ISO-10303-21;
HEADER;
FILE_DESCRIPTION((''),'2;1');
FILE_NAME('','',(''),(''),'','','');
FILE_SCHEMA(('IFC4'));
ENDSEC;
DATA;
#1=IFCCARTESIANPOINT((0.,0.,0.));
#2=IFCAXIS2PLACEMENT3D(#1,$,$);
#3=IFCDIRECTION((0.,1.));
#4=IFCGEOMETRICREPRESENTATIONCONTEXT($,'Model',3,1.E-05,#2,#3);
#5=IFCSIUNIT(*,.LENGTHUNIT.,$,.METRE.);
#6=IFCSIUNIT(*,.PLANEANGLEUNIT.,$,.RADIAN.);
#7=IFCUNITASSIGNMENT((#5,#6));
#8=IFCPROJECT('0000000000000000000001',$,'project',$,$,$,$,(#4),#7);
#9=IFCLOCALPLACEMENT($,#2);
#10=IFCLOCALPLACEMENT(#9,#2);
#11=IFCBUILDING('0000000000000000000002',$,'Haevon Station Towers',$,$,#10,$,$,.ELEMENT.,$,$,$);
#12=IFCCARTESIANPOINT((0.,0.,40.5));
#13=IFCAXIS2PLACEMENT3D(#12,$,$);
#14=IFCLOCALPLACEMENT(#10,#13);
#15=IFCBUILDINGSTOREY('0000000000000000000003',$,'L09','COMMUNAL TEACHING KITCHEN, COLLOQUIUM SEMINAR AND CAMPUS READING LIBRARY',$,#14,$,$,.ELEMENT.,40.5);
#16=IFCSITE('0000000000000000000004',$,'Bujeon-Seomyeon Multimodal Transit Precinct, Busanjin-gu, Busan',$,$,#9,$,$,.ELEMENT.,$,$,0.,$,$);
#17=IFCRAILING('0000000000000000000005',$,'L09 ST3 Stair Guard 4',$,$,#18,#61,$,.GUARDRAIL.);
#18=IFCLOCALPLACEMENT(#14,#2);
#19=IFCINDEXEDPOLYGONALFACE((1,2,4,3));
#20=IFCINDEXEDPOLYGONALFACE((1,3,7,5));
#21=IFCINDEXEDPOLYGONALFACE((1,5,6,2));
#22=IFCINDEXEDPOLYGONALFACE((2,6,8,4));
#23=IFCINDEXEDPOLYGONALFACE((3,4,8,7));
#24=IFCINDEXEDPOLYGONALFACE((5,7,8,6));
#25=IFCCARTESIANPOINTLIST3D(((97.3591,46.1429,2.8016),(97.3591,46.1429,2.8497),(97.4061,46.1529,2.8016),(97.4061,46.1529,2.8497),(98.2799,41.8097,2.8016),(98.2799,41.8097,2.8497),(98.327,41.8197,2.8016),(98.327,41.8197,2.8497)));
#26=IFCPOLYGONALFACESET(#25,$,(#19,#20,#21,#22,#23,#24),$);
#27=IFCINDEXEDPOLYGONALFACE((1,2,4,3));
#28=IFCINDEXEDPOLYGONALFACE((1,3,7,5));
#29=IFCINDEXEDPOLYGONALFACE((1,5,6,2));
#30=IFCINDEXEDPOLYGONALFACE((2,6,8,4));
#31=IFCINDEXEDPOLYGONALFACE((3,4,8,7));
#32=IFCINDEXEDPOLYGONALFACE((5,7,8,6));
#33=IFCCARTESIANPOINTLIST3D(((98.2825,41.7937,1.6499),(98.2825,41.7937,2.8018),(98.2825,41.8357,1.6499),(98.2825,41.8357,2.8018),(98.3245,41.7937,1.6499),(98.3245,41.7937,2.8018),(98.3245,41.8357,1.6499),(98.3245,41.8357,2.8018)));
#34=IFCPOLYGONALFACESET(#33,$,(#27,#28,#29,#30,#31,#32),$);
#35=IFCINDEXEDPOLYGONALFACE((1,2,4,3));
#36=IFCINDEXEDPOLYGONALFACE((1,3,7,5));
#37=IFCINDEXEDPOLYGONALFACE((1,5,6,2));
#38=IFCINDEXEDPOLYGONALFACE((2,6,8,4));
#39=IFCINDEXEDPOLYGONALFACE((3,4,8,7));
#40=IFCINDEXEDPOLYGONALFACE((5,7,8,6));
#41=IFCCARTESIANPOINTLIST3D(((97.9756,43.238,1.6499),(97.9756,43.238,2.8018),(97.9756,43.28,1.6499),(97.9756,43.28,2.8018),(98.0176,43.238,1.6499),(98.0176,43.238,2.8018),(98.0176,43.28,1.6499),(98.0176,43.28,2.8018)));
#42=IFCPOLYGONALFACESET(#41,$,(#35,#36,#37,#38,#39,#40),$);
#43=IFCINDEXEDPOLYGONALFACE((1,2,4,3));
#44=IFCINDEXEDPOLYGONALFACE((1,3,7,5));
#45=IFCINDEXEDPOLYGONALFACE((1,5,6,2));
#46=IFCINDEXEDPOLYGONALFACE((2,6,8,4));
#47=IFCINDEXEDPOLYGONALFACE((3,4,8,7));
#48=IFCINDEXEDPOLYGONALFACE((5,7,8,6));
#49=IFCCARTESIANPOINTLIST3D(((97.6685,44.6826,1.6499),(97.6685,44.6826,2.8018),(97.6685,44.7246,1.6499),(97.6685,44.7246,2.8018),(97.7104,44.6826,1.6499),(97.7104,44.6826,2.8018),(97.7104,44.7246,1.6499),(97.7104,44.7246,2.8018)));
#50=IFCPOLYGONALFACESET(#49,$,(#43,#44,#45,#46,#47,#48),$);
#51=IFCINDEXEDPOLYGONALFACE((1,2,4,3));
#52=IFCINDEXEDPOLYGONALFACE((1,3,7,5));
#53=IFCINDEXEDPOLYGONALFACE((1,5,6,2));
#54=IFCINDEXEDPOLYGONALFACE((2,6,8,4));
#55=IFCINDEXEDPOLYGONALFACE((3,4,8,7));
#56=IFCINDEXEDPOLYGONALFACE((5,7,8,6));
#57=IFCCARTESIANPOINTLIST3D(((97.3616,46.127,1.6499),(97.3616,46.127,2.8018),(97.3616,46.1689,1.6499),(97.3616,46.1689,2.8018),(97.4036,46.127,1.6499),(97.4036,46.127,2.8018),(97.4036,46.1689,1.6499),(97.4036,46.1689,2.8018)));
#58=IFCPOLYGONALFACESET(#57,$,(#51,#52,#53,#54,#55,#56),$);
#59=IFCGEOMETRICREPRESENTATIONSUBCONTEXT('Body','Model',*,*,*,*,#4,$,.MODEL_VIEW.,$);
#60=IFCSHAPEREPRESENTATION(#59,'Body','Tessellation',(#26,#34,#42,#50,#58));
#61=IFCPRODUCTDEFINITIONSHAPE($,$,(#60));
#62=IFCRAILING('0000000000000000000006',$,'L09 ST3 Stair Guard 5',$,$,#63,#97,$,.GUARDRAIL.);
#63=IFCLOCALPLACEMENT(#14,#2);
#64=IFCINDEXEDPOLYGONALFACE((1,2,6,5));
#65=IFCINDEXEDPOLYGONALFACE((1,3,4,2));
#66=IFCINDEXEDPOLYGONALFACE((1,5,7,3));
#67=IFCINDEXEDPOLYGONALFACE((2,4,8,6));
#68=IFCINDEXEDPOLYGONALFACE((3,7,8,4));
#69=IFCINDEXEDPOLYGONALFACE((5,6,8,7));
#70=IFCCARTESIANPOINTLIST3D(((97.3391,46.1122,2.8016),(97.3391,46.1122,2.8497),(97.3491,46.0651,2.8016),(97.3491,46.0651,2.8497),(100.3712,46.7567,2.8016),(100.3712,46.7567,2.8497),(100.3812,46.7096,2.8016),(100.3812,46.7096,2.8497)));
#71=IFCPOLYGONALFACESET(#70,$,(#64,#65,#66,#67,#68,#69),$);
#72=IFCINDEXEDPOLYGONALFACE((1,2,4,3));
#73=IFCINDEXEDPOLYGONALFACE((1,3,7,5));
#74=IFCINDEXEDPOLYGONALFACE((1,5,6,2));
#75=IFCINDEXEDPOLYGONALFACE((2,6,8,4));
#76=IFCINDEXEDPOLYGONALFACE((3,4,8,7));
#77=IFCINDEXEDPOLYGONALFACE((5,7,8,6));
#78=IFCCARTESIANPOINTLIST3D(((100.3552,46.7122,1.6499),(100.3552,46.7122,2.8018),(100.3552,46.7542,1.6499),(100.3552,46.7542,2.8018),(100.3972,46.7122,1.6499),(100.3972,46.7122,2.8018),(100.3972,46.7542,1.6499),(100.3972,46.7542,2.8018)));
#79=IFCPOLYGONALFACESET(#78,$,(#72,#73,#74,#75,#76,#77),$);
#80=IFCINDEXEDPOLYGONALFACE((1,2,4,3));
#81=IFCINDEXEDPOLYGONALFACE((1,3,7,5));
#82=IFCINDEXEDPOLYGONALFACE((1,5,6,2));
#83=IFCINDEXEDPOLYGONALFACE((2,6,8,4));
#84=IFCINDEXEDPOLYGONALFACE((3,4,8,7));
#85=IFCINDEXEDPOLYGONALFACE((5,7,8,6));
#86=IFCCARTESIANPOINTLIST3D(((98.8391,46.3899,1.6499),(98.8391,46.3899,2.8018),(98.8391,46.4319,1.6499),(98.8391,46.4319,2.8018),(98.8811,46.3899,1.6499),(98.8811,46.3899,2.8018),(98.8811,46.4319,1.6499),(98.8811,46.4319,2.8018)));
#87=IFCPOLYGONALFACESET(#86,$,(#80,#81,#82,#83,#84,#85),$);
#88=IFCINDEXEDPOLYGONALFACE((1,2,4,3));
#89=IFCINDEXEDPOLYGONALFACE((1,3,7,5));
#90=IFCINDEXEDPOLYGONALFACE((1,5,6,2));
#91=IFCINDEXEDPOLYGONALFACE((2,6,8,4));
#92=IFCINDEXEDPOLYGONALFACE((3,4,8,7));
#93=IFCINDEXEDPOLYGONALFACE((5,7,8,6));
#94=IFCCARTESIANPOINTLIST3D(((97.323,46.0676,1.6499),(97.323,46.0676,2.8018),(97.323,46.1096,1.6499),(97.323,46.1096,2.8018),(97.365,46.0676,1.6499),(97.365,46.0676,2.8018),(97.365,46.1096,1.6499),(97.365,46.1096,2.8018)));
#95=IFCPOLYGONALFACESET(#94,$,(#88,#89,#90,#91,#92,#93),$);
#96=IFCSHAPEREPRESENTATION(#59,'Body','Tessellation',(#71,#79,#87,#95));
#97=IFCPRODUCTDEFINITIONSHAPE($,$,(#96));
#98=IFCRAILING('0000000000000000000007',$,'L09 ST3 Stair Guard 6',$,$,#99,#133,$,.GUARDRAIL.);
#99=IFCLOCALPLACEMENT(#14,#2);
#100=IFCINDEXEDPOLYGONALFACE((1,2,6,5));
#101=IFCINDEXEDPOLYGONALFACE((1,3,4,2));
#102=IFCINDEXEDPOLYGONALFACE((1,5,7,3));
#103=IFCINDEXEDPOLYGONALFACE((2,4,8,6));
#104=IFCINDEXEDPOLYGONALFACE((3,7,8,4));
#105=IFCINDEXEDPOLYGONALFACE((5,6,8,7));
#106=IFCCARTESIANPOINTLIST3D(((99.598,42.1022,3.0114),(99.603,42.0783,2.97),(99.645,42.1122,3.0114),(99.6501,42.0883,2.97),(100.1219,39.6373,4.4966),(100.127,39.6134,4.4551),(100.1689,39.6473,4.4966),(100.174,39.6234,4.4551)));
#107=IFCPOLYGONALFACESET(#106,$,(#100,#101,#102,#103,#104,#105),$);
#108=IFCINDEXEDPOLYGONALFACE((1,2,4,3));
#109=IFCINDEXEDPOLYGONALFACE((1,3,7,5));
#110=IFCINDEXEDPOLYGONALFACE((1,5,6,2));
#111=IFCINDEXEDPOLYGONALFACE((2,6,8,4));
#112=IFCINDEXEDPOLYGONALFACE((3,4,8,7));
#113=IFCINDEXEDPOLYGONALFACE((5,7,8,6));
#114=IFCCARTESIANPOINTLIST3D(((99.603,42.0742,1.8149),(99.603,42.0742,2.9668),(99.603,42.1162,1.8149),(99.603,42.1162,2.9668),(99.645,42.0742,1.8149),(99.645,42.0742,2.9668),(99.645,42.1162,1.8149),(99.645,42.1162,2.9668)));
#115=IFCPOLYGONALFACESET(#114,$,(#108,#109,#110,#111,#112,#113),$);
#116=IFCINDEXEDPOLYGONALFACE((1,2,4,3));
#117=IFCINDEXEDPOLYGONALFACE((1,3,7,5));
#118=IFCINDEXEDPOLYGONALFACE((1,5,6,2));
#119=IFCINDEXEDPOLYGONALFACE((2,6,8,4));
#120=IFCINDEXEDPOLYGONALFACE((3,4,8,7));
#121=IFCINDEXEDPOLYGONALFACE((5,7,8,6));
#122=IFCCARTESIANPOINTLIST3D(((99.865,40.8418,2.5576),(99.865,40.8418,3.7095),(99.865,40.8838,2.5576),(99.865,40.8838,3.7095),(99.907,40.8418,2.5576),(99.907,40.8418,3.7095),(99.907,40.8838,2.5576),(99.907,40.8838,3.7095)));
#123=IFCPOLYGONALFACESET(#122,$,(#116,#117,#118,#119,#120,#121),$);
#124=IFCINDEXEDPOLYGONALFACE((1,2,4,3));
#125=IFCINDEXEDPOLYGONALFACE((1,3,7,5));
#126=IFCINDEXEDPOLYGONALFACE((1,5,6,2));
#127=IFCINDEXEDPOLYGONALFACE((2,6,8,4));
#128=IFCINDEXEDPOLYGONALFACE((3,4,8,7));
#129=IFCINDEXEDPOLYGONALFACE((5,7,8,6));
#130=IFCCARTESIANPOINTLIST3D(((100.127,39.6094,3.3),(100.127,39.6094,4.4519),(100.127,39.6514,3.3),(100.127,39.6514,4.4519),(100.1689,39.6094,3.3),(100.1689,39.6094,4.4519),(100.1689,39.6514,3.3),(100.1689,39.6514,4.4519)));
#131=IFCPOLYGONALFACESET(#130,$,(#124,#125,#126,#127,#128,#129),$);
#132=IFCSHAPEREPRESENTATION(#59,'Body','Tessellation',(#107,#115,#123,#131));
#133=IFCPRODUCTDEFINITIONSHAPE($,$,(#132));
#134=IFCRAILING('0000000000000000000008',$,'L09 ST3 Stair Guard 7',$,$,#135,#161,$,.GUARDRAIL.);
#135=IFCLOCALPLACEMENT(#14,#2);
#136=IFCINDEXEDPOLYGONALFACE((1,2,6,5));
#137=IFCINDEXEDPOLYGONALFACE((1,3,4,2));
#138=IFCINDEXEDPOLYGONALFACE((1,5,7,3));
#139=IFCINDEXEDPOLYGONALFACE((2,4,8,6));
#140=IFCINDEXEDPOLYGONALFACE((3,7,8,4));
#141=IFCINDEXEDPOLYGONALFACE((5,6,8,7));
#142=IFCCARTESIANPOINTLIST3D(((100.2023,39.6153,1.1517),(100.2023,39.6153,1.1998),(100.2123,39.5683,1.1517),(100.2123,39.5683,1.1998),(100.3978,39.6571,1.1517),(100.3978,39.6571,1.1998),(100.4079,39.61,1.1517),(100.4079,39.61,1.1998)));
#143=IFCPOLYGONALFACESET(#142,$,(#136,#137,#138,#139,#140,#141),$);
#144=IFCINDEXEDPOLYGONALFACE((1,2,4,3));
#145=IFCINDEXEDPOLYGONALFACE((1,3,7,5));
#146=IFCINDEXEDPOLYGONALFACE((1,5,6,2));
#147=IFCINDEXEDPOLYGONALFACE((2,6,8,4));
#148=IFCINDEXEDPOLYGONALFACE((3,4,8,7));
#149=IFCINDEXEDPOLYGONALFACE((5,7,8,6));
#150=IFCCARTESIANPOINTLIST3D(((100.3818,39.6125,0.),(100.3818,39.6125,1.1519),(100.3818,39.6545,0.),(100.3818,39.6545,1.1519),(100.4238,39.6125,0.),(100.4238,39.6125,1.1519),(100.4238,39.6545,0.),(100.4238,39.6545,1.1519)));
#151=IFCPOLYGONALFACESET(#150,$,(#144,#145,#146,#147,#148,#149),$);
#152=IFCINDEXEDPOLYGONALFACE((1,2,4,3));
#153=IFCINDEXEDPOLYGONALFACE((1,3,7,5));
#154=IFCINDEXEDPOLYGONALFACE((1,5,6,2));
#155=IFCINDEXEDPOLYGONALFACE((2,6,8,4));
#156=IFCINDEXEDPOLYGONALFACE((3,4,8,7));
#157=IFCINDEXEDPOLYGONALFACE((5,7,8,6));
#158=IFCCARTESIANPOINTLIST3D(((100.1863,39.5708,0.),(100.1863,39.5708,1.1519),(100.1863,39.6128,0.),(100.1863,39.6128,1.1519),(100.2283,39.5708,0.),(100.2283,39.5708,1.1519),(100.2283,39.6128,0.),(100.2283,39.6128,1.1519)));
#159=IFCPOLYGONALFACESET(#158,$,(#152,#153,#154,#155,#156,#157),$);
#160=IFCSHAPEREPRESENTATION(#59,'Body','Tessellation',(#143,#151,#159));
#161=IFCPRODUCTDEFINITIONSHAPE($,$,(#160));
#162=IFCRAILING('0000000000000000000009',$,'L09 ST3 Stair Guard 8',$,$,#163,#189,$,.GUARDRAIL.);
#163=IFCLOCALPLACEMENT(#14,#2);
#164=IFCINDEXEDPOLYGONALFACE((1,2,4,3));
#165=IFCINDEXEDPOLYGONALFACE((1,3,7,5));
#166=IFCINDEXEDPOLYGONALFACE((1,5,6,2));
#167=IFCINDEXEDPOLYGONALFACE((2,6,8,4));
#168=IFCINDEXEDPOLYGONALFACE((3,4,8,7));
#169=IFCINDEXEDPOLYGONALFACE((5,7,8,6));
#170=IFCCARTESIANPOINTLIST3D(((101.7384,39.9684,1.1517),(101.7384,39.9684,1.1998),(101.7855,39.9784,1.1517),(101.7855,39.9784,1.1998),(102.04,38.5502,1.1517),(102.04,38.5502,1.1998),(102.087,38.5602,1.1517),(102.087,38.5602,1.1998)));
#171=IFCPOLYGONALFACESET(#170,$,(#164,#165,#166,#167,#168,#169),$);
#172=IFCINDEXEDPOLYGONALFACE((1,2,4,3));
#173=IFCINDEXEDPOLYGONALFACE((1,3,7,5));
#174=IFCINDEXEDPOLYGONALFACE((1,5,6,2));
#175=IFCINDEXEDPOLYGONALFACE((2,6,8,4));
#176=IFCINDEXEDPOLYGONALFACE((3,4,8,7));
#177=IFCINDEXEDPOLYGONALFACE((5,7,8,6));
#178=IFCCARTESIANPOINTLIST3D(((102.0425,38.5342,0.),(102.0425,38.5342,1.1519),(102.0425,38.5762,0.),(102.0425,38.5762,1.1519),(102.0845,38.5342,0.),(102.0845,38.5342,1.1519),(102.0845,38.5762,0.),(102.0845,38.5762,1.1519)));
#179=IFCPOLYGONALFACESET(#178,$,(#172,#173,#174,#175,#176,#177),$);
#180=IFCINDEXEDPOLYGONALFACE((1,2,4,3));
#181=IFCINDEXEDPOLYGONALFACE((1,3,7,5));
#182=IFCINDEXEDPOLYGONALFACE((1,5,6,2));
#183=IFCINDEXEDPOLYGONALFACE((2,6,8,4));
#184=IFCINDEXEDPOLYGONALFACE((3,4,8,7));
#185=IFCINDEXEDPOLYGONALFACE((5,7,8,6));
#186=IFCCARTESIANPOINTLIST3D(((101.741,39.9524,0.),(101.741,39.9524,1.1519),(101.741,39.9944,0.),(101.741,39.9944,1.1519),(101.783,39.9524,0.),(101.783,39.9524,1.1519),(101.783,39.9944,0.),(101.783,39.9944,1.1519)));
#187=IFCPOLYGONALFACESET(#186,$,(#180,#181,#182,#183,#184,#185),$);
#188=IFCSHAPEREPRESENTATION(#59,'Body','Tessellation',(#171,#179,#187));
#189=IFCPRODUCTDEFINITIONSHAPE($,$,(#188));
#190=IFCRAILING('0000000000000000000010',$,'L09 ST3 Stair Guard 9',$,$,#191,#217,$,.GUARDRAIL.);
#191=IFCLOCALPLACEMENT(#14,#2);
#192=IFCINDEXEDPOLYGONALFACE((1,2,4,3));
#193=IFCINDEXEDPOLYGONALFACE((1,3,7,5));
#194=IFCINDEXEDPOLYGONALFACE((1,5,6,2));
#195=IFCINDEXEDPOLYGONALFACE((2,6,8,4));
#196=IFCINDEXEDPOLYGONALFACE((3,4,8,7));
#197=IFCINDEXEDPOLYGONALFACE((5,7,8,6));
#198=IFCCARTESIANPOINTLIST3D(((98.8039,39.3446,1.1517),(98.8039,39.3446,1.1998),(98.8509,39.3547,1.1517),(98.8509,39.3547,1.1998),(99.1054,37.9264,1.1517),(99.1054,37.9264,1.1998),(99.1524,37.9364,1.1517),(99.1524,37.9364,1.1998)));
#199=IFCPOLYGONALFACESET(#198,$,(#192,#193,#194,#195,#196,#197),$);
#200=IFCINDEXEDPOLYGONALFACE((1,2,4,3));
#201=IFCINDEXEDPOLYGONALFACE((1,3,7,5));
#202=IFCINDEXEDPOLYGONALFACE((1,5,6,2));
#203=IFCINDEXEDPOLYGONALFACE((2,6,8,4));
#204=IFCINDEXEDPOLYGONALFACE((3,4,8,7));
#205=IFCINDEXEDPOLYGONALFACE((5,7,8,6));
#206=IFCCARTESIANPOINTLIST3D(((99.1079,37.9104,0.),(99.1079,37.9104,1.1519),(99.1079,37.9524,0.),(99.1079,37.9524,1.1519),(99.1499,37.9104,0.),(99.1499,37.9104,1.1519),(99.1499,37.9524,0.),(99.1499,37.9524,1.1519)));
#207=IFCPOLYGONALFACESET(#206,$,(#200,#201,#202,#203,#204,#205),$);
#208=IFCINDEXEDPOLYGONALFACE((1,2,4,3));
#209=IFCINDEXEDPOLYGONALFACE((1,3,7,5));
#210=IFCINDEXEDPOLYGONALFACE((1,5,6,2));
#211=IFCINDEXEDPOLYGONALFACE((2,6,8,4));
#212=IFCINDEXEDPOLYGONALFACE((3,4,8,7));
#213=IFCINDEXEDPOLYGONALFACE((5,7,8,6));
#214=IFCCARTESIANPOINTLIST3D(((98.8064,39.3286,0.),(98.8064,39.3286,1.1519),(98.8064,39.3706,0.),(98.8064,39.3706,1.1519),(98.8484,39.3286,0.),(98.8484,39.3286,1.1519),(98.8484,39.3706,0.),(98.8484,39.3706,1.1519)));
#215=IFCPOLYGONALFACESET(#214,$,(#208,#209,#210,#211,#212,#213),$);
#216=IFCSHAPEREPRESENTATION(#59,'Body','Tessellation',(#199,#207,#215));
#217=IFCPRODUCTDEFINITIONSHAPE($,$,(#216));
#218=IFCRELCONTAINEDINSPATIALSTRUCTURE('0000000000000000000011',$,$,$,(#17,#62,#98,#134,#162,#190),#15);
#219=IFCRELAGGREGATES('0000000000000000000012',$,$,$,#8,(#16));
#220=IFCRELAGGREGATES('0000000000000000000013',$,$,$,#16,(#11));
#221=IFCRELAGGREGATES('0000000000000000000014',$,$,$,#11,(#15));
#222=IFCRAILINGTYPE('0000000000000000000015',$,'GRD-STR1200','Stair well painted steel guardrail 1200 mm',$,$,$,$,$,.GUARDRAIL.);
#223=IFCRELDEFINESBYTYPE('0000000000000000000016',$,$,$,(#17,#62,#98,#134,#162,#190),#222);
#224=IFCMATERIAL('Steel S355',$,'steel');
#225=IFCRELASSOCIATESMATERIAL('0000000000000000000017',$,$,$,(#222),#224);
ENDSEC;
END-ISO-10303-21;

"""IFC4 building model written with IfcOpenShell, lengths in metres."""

from ifc_helpers import new_model, si_unit, direction, frame, origin, origin_2d, place, context, subcontext, project, spatial, rectangle, extrude, material, type_object, element, save


model = new_model("IFC4")

# Units and contexts
model_context = context("Model", 3, precision=1e-05, world=origin(), true_north=direction((0.0, 1.0)))
body_context = subcontext(model_context, "Body", "Model", "MODEL_VIEW")
ifc_project = project(units=[si_unit("LENGTHUNIT", "METRE"), si_unit("PLANEANGLEUNIT", "RADIAN")], contexts=[model_context])

# Site, building, storey
site_placement = place(None, origin())
site = spatial("IfcSite", under=ifc_project, at=site_placement, Name="Bujeon-Seomyeon Multimodal Transit Precinct, Busanjin-gu, Busan", CompositionType="ELEMENT", RefElevation=0.0)
building_placement = place(site_placement, origin())
building = spatial("IfcBuilding", under=site, at=building_placement, Name="Haevon Station Towers", CompositionType="ELEMENT")
storey_placement = place(building_placement, frame((0.0, 0.0, 40.5)))
storey = spatial("IfcBuildingStorey", under=building, at=storey_placement, Name="L09", Description="COMMUNAL TEACHING KITCHEN, COLLOQUIUM SEMINAR AND CAMPUS READING LIBRARY", CompositionType="ELEMENT", Elevation=40.5)

# Shared definitions
ifc_material_1 = material(Name="Steel S355", Category="steel")

# Railings
railing_type_1 = type_object("IfcRailingType", Name="GRD-STR1200", Description="Stair well painted steel guardrail 1200 mm", PredefinedType="GUARDRAIL", material=ifc_material_1)
railing_1_placement = place(storey_placement, frame((98.3035, 41.8147, 1.6499)))
element("IfcRailing", 1, at=railing_1_placement, inside=storey, type_object=railing_type_1, Name="L09 ST3 Stair Guard 4", PredefinedType="GUARDRAIL", context=body_context, shape_type="SweptSolid", body=[
    extrude(rectangle(XDim=0.0481, YDim=0.0481, at=origin_2d()), frame((0.0, 0.0, 1.1758), z_axis=(-0.207877, 0.978155, 0.0), x_axis=(-0.978155, -0.207877, 0.0)), (0.0, 0.0, 1.0), 4.4299),
    extrude(rectangle(XDim=0.042, YDim=0.042, at=origin_2d()), origin(), (0.0, 0.0, 1.0), 1.1519),
    extrude(rectangle(XDim=0.042, YDim=0.042, at=origin_2d()), frame((-0.3069, 1.4443, 0.0)), (0.0, 0.0, 1.0), 1.1519),
    extrude(rectangle(XDim=0.042, YDim=0.042, at=origin_2d()), frame((-0.614, 2.8889, 0.0)), (0.0, 0.0, 1.0), 1.1519),
    extrude(rectangle(XDim=0.042, YDim=0.042, at=origin_2d()), frame((-0.9209, 4.3333, 0.0)), (0.0, 0.0, 1.0), 1.1519),
])
railing_2_placement = place(storey_placement, frame((100.3762, 46.7332, 1.6499)))
element("IfcRailing", 2, at=railing_2_placement, inside=storey, type_object=railing_type_1, Name="L09 ST3 Stair Guard 5", PredefinedType="GUARDRAIL", context=body_context, shape_type="SweptSolid", body=[
    extrude(rectangle(XDim=0.0481, YDim=0.0481, at=origin_2d()), frame((0.0, 0.0, 1.1758), z_axis=(-0.978147, -0.207915, 0.0), x_axis=(0.207915, -0.978147, 0.0)), (0.0, 0.0, 1.0), 3.0999),
    extrude(rectangle(XDim=0.042, YDim=0.042, at=origin_2d()), origin(), (0.0, 0.0, 1.0), 1.1519),
    extrude(rectangle(XDim=0.042, YDim=0.042, at=origin_2d()), frame((-1.5161, -0.3223, 0.0)), (0.0, 0.0, 1.0), 1.1519),
    extrude(rectangle(XDim=0.042, YDim=0.042, at=origin_2d()), frame((-3.0322, -0.6445, 0.0)), (0.0, 0.0, 1.0), 1.1519),
])
railing_3_placement = place(storey_placement, frame((99.624, 42.0952, 1.8149)))
element("IfcRailing", 3, at=railing_3_placement, inside=storey, type_object=railing_type_1, Name="L09 ST3 Stair Guard 6", PredefinedType="GUARDRAIL", context=body_context, shape_type="SweptSolid", body=[
    extrude(rectangle(XDim=0.0481, YDim=0.0481, at=origin_2d()), frame((0.0, 0.0, 1.1758), z_axis=(0.179121, -0.842688, 0.507733), x_axis=(0.978147, 0.207914, 0.0)), (0.0, 0.0, 1.0), 2.925),
    extrude(rectangle(XDim=0.042, YDim=0.042, at=origin_2d()), origin(), (0.0, 0.0, 1.0), 1.1519),
    extrude(rectangle(XDim=0.042, YDim=0.042, at=origin_2d()), frame((0.262, -1.2324, 0.7427)), (0.0, 0.0, 1.0), 1.1519),
    extrude(rectangle(XDim=0.042, YDim=0.042, at=origin_2d()), frame((0.5239, -2.4648, 1.4851)), (0.0, 0.0, 1.0), 1.1519),
])
railing_4_placement = place(storey_placement, frame((100.4028, 39.6335, 0.0)))
element("IfcRailing", 4, at=railing_4_placement, inside=storey, type_object=railing_type_1, Name="L09 ST3 Stair Guard 7", PredefinedType="GUARDRAIL", context=body_context, shape_type="SweptSolid", body=[
    extrude(rectangle(XDim=0.0481, YDim=0.0481, at=origin_2d()), frame((0.0, 0.0, 1.1758), z_axis=(-0.977963, -0.208779, 0.0), x_axis=(0.208779, -0.977963, 0.0)), (0.0, 0.0, 1.0), 0.2),
    extrude(rectangle(XDim=0.042, YDim=0.042, at=origin_2d()), origin(), (0.0, 0.0, 1.0), 1.1519),
    extrude(rectangle(XDim=0.042, YDim=0.042, at=origin_2d()), frame((-0.1956, -0.0417, 0.0)), (0.0, 0.0, 1.0), 1.1519),
])
for number, where, name in (
    (5, (102.0635, 38.5552, 0.0), "L09 ST3 Stair Guard 8"),
    (6, (99.1289, 37.9314, 0.0), "L09 ST3 Stair Guard 9"),
):
    element("IfcRailing", number, at=place(storey_placement, frame(where)), inside=storey, type_object=railing_type_1, Name=name, PredefinedType="GUARDRAIL", context=body_context, shape_type="SweptSolid", body=[
        extrude(rectangle(XDim=0.0481, YDim=0.0481, at=origin_2d()), frame((0.0, 0.0, 1.1758), z_axis=(-0.207953, 0.978139, 0.0), x_axis=(-0.978139, -0.207953, 0.0)), (0.0, 0.0, 1.0), 1.45),
        extrude(rectangle(XDim=0.042, YDim=0.042, at=origin_2d()), origin(), (0.0, 0.0, 1.0), 1.1519),
        extrude(rectangle(XDim=0.042, YDim=0.042, at=origin_2d()), frame((-0.3015, 1.4182, 0.0)), (0.0, 0.0, 1.0), 1.1519),
    ])

save(model, "model.ifc")
